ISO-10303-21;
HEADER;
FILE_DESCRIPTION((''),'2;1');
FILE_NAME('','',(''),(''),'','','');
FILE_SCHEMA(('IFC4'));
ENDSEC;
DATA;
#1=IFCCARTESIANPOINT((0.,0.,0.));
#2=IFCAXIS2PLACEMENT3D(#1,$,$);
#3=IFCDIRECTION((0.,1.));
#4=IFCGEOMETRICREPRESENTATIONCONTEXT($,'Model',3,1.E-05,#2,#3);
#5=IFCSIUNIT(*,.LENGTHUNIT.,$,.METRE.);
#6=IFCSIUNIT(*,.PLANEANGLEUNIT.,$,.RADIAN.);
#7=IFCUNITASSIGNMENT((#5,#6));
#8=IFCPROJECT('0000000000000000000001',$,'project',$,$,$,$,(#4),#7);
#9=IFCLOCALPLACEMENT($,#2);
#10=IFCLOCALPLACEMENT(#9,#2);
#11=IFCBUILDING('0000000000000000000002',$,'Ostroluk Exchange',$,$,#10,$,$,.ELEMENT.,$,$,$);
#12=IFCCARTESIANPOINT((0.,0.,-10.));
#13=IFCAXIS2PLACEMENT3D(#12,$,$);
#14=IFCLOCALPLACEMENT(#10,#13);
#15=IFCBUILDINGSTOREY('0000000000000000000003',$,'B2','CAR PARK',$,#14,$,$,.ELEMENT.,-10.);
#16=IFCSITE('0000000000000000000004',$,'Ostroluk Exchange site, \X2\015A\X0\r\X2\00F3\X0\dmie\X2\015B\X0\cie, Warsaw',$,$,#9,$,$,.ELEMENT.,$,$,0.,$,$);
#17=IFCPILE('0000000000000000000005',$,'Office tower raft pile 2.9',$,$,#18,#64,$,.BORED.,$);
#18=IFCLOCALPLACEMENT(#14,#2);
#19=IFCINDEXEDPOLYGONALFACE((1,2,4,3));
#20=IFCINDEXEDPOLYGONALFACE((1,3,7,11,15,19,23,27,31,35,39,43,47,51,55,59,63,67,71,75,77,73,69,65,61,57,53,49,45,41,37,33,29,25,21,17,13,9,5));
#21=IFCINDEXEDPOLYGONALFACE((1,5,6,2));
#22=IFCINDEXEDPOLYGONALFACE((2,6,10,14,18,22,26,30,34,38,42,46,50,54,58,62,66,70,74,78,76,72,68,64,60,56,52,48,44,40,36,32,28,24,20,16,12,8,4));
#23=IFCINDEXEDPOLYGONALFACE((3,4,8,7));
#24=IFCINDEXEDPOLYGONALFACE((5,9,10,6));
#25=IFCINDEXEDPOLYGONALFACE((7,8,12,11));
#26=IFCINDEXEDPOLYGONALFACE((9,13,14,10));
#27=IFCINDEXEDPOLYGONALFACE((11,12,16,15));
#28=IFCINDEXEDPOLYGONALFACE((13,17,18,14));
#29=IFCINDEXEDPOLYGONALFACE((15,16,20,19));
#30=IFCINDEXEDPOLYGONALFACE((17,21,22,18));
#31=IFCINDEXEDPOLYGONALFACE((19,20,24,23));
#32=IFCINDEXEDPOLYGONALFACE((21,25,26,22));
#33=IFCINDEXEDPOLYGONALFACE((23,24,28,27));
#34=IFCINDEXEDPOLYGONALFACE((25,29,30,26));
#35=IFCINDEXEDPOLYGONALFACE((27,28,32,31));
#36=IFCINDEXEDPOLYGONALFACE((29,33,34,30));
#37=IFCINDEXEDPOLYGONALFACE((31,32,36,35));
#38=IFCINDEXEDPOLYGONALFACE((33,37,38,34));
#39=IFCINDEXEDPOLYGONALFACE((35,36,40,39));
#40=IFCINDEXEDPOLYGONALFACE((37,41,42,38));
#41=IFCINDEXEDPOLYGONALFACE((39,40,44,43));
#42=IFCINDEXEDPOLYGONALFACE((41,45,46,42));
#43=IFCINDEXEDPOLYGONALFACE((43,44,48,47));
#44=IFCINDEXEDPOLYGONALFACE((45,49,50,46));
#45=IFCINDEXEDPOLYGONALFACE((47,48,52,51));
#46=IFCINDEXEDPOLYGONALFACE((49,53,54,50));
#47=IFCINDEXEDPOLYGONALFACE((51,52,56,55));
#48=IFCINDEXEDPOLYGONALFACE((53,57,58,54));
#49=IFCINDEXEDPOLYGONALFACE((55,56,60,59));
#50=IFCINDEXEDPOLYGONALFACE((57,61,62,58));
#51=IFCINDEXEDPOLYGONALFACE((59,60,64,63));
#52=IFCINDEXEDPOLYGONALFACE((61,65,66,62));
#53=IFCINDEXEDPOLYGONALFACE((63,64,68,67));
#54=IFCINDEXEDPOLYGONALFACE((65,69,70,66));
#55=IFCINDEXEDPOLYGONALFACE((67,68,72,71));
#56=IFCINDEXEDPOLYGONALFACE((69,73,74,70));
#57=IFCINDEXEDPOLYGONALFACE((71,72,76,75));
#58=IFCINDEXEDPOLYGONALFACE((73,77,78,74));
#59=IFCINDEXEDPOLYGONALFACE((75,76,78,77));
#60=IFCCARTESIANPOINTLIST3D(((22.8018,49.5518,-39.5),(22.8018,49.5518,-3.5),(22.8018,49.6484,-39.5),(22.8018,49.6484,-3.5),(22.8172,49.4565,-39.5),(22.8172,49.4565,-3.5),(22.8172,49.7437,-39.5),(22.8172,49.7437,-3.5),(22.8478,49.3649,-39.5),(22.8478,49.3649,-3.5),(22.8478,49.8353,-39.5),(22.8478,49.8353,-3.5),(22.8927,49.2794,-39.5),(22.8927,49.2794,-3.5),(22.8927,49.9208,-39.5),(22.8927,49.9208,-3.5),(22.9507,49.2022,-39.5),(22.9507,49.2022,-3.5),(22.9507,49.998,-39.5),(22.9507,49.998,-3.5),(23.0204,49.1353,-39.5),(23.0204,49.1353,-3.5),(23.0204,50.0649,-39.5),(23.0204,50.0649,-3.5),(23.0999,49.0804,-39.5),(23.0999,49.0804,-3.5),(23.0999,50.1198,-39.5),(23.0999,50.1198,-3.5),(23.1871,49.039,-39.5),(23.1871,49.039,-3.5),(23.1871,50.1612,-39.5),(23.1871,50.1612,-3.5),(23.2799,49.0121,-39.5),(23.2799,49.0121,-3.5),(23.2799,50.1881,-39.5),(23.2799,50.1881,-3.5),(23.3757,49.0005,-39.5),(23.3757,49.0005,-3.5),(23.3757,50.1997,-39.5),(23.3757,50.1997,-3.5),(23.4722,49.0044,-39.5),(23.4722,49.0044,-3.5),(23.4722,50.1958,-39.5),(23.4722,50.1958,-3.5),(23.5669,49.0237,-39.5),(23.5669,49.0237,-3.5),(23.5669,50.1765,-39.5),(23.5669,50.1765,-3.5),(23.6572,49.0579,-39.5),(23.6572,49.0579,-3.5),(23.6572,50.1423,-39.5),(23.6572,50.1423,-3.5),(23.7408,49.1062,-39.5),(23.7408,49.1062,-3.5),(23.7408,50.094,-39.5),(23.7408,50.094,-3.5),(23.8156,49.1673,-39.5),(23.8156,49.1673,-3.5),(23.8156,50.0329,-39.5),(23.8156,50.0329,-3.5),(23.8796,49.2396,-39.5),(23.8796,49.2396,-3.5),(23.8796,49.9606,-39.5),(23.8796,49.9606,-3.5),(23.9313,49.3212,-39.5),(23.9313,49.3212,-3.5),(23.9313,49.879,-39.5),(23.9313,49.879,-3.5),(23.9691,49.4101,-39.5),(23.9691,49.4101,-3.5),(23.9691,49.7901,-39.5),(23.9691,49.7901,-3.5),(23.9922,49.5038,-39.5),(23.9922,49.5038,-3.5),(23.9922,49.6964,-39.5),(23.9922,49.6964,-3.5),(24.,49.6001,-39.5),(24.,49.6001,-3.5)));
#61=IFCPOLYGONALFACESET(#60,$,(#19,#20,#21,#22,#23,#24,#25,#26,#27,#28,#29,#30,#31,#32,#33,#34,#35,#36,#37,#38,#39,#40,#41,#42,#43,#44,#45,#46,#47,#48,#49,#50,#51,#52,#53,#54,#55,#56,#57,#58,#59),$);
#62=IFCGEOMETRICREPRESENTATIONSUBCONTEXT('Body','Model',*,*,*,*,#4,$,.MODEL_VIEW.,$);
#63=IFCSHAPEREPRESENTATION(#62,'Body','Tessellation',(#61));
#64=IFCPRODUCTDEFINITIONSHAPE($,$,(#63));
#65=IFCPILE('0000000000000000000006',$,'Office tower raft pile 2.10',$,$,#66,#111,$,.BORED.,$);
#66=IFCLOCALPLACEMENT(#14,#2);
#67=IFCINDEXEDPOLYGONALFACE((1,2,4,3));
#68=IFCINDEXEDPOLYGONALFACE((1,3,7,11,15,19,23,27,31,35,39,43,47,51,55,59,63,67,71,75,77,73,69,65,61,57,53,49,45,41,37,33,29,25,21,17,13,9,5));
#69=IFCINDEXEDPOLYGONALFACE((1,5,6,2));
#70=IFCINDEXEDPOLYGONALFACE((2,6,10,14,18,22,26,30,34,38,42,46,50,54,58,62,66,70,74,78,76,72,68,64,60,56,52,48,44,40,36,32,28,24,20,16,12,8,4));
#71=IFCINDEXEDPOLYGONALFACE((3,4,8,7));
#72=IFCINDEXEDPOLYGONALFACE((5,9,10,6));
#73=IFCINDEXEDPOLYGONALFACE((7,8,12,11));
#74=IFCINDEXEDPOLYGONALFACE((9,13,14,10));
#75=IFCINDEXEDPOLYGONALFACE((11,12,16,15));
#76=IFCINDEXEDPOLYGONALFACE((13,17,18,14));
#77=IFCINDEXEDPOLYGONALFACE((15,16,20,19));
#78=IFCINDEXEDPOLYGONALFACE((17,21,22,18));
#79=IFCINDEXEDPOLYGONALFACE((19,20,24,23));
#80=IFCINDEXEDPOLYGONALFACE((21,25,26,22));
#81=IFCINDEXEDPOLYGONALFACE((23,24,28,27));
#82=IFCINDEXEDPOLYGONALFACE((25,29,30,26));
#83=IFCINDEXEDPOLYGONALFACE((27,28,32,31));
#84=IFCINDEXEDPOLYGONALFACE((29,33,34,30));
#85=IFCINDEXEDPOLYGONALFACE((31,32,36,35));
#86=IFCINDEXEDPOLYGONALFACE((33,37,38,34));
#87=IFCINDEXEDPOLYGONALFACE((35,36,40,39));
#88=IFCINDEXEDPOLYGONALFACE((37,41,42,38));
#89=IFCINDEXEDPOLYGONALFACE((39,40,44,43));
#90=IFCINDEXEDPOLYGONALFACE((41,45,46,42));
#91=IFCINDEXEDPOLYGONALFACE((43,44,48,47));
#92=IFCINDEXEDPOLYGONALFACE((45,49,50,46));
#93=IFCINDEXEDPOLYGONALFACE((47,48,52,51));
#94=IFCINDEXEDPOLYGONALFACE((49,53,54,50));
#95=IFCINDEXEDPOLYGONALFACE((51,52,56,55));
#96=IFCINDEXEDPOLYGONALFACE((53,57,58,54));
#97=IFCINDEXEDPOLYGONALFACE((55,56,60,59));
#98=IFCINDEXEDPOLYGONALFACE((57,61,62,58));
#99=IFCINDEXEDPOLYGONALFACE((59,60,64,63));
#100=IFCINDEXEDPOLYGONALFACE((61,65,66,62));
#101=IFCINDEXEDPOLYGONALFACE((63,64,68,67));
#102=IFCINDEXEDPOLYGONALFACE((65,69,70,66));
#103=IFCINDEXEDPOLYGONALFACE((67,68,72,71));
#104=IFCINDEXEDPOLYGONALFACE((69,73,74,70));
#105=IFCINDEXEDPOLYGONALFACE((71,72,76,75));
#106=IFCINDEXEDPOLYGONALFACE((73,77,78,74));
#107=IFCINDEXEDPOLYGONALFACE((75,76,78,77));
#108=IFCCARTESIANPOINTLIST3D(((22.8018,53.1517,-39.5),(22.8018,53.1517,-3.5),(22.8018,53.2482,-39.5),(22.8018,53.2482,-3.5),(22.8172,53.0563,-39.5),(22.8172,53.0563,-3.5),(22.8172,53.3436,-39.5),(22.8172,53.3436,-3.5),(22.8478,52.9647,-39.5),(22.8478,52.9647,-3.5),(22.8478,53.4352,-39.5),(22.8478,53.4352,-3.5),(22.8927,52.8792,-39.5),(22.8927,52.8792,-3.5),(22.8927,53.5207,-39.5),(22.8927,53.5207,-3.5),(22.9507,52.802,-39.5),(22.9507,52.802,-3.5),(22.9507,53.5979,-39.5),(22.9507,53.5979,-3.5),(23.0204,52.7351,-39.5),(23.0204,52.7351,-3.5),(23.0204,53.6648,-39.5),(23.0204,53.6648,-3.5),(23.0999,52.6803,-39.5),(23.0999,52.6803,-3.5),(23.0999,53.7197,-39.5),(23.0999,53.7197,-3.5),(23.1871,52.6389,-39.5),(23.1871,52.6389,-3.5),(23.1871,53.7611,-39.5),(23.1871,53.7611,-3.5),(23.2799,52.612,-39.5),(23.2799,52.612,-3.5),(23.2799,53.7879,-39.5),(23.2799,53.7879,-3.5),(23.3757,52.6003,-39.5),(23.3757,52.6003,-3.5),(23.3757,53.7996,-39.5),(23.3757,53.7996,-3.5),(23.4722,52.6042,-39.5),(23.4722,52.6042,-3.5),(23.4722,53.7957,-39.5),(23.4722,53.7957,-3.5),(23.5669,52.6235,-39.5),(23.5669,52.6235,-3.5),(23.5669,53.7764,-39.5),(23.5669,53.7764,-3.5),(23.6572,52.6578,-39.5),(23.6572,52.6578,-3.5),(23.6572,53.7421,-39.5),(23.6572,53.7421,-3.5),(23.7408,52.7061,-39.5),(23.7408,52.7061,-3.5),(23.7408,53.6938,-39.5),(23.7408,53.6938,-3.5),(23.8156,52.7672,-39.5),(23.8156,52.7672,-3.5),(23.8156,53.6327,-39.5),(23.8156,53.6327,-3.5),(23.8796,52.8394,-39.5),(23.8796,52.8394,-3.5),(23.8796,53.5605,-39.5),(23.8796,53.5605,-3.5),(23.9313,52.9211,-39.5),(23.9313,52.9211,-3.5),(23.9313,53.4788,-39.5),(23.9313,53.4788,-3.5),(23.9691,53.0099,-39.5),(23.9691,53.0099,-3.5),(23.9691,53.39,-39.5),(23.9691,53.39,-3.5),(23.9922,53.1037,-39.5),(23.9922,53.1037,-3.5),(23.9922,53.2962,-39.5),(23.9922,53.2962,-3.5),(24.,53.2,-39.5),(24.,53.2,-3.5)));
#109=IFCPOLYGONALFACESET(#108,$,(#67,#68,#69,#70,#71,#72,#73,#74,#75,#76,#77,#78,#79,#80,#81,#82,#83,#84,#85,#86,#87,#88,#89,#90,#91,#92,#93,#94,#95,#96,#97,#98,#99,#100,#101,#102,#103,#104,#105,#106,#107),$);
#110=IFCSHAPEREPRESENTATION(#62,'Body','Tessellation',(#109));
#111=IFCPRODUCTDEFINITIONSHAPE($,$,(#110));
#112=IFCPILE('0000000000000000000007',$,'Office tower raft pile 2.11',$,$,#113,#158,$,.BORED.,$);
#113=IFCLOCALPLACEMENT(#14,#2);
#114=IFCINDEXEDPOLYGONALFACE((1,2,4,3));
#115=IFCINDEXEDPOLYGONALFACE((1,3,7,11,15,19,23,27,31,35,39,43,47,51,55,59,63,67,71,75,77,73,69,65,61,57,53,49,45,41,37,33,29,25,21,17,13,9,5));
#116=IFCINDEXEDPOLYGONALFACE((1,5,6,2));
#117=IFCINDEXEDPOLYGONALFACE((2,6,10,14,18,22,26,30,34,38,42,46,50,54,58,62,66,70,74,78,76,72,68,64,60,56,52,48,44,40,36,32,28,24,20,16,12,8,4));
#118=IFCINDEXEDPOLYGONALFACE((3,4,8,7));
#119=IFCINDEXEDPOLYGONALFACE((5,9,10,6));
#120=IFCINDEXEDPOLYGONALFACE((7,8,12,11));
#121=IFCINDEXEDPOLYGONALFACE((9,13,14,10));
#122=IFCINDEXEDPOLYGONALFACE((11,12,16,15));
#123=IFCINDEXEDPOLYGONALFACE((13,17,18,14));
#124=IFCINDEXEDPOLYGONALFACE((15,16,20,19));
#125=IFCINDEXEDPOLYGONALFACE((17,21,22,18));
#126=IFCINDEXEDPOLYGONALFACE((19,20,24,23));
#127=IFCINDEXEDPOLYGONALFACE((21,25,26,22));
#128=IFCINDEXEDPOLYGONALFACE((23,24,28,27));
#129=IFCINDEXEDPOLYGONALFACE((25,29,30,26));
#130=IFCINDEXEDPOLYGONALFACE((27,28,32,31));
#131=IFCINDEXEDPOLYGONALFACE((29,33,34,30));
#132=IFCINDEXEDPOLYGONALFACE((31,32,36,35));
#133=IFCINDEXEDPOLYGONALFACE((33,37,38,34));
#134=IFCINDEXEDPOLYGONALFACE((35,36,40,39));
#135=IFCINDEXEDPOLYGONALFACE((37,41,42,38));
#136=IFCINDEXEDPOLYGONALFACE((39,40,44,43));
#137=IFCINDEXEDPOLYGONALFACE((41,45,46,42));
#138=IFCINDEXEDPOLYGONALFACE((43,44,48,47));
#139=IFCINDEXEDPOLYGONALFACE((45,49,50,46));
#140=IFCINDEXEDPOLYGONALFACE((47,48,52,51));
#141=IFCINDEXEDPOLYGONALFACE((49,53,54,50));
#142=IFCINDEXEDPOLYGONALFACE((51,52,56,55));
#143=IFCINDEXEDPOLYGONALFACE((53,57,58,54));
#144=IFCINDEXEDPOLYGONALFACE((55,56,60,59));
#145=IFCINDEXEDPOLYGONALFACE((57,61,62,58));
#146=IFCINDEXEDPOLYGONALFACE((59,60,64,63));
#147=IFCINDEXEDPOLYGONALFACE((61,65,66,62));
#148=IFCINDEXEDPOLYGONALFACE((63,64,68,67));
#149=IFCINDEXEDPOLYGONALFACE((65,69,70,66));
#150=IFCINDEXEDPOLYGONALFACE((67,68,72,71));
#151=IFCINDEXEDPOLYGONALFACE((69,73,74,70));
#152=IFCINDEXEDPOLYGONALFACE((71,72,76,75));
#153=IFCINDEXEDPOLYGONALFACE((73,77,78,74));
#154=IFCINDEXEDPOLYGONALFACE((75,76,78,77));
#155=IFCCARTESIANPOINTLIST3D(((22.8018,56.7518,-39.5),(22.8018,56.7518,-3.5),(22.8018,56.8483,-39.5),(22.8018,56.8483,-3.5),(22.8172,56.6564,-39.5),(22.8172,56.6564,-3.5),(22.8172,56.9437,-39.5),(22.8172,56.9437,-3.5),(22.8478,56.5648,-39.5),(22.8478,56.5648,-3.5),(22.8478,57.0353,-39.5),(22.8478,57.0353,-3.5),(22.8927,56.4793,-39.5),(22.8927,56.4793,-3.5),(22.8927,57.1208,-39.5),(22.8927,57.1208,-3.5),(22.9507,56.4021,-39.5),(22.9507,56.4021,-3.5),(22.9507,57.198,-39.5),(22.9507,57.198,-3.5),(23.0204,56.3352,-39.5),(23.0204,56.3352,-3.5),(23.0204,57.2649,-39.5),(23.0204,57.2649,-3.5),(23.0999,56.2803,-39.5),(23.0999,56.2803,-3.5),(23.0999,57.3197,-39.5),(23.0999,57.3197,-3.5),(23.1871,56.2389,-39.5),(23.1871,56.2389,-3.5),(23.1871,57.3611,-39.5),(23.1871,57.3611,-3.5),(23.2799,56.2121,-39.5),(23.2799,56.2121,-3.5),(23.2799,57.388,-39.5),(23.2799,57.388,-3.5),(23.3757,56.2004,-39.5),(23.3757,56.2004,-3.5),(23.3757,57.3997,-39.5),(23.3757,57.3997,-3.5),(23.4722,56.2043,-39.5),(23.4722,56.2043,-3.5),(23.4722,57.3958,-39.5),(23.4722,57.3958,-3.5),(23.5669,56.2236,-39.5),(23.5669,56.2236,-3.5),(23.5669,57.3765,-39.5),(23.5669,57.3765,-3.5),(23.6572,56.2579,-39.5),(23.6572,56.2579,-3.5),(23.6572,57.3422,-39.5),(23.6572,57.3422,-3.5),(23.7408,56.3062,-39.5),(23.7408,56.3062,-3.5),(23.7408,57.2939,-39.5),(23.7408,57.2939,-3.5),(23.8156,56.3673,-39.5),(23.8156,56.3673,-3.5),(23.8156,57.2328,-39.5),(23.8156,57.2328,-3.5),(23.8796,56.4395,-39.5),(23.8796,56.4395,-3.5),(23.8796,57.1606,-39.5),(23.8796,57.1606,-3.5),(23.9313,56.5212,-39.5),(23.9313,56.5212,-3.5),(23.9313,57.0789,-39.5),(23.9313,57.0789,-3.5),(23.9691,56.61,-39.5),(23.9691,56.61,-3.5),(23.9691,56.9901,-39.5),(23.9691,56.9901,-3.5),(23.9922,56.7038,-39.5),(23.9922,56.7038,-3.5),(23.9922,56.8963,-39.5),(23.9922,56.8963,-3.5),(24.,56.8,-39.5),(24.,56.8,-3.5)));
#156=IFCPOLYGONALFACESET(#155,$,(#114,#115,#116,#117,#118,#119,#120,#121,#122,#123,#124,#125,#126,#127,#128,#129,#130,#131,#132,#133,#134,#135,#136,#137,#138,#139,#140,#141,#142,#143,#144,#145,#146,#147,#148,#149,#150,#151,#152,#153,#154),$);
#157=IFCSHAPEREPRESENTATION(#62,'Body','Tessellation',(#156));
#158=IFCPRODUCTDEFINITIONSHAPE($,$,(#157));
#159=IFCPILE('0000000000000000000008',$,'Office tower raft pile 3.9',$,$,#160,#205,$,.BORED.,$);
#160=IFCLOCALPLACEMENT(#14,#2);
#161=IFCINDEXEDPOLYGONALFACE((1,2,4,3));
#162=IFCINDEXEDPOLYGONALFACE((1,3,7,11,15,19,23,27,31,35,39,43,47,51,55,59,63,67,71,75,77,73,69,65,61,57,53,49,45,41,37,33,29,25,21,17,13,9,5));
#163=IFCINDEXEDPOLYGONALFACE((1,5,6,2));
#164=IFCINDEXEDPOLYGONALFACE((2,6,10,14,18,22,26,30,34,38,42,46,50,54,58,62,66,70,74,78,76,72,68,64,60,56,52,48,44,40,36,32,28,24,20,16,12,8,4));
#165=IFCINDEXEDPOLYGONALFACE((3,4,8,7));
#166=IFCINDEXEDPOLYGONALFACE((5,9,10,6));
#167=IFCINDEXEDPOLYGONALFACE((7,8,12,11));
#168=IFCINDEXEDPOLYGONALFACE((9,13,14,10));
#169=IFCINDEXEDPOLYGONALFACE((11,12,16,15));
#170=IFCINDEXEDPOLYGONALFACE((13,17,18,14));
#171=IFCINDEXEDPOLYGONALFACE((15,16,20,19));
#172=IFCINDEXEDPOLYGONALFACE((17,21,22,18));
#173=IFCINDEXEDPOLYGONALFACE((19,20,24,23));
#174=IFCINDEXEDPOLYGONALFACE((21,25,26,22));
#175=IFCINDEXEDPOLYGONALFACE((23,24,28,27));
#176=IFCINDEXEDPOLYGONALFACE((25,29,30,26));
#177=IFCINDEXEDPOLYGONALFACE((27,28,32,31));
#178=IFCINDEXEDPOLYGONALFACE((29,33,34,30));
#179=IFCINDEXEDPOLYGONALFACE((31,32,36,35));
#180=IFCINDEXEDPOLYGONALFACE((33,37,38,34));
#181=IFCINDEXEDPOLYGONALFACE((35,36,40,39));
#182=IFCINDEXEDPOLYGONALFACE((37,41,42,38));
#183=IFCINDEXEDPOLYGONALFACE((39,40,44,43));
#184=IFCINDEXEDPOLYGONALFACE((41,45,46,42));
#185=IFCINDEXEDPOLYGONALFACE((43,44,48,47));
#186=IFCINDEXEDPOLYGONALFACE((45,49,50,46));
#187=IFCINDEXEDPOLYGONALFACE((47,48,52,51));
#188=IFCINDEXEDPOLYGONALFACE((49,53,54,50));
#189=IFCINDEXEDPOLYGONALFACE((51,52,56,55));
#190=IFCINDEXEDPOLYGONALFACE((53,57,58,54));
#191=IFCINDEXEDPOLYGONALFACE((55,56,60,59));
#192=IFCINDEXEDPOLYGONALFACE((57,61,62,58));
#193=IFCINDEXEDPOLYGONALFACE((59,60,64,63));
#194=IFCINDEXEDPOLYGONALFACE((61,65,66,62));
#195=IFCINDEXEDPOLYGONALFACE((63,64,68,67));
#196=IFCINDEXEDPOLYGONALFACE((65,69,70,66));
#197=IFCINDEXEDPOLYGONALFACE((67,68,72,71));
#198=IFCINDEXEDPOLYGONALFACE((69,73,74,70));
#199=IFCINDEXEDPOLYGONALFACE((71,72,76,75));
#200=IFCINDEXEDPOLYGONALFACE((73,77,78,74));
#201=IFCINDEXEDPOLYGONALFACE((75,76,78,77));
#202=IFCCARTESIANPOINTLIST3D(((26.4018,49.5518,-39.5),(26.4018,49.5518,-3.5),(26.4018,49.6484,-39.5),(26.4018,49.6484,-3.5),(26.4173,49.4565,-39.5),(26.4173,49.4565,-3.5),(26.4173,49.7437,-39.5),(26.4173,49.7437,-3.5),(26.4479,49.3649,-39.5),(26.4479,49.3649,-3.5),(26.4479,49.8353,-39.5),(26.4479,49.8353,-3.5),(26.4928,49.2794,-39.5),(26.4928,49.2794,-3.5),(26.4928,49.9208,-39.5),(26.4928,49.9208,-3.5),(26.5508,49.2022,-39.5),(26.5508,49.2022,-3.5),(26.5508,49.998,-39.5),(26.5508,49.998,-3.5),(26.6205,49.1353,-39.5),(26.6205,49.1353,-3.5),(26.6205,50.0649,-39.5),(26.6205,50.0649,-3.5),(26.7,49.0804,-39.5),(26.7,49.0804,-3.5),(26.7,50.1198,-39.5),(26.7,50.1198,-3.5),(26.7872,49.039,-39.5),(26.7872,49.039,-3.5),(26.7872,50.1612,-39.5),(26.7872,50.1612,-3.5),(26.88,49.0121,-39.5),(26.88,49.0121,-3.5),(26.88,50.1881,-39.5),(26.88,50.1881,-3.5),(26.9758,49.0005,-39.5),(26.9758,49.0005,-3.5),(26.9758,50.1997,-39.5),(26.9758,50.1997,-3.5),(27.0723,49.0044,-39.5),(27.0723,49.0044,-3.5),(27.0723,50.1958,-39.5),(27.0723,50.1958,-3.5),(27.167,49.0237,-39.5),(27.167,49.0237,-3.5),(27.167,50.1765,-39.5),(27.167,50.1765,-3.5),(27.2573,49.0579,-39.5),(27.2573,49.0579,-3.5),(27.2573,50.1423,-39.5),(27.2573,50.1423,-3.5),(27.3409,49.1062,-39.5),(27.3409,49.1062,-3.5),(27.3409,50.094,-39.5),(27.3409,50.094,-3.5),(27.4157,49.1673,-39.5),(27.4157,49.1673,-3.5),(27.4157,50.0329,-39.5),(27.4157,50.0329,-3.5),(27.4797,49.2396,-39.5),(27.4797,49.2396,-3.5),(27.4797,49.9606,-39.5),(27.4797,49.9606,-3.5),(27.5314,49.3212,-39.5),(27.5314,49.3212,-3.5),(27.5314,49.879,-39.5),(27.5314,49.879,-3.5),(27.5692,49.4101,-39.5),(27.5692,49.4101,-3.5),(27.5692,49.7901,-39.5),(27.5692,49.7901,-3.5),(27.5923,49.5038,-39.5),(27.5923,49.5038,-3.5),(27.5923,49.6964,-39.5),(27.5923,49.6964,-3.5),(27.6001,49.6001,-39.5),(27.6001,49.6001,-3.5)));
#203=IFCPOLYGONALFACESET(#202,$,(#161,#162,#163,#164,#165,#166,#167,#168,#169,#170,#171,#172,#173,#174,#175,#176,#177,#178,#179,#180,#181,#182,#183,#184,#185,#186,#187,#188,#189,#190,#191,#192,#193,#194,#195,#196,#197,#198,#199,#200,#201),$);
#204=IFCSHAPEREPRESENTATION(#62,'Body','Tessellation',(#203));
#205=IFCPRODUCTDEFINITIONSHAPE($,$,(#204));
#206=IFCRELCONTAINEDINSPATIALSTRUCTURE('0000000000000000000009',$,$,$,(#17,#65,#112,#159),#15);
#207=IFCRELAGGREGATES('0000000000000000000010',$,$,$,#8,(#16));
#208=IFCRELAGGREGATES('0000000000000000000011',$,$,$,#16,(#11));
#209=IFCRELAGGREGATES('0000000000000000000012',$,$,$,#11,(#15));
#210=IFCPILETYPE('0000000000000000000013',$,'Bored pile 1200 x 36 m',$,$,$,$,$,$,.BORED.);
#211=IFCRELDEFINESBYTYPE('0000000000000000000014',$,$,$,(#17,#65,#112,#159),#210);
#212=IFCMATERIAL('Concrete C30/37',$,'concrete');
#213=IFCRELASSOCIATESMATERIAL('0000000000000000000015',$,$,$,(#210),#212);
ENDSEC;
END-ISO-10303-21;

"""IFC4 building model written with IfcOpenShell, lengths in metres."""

from ifc_helpers import new_model, si_unit, direction, frame, origin, origin_2d, place, context, subcontext, project, spatial, circle, extrude, material, type_object, element, save


model = new_model("IFC4")

# Units and contexts
model_context = context("Model", 3, precision=1e-05, world=origin(), true_north=direction((0.0, 1.0)))
body_context = subcontext(model_context, "Body", "Model", "MODEL_VIEW")
ifc_project = project(units=[si_unit("LENGTHUNIT", "METRE"), si_unit("PLANEANGLEUNIT", "RADIAN")], contexts=[model_context])

# Site, building, storey
site_placement = place(None, origin())
site = spatial("IfcSite", under=ifc_project, at=site_placement, Name="Ostroluk Exchange site, Śródmieście, Warsaw", CompositionType="ELEMENT", RefElevation=0.0)
building_placement = place(site_placement, origin())
building = spatial("IfcBuilding", under=site, at=building_placement, Name="Ostroluk Exchange", CompositionType="ELEMENT")
storey_placement = place(building_placement, frame((0.0, 0.0, -10.0)))
storey = spatial("IfcBuildingStorey", under=building, at=storey_placement, Name="B2", Description="CAR PARK", CompositionType="ELEMENT", Elevation=-10.0)

# Piles
ifc_material_1 = material(Name="Concrete C30/37", Category="concrete")
pile_type = type_object("IfcPileType", Name="Bored pile 1200 x 36 m", PredefinedType="BORED", material=ifc_material_1)
for number, where, z_axis, x_axis, name in (
    (1, (23.3999, 49.6001, -3.5), (0.0, 0.0, -1.0), (1.0, 0.0, 0.0), "Office tower raft pile 2.9"),
    (2, (23.3999, 53.2, -3.5), (0.0, 0.0, -1.0), (1.0, 0.0, 0.0), "Office tower raft pile 2.10"),
    (3, (23.3999, 56.8, -3.5), (0.0, 0.0, -1.0), (1.0, 0.0, 0.0), "Office tower raft pile 2.11"),
    (4, (27.0, 49.6001, -3.5), (0.0, 0.0, -1.0), (1.0, 0.0, 0.0), "Office tower raft pile 3.9"),
):
    element("IfcPile", number, at=place(storey_placement, frame(where, z_axis=z_axis, x_axis=x_axis)), inside=storey, type_object=pile_type, Name=name, PredefinedType="BORED", context=body_context, shape_type="SweptSolid", body=[
        extrude(circle(Radius=0.6001, at=origin_2d()), origin(), (0.0, 0.0, 1.0), 36.0),
    ])

save(model, "model.ifc")
